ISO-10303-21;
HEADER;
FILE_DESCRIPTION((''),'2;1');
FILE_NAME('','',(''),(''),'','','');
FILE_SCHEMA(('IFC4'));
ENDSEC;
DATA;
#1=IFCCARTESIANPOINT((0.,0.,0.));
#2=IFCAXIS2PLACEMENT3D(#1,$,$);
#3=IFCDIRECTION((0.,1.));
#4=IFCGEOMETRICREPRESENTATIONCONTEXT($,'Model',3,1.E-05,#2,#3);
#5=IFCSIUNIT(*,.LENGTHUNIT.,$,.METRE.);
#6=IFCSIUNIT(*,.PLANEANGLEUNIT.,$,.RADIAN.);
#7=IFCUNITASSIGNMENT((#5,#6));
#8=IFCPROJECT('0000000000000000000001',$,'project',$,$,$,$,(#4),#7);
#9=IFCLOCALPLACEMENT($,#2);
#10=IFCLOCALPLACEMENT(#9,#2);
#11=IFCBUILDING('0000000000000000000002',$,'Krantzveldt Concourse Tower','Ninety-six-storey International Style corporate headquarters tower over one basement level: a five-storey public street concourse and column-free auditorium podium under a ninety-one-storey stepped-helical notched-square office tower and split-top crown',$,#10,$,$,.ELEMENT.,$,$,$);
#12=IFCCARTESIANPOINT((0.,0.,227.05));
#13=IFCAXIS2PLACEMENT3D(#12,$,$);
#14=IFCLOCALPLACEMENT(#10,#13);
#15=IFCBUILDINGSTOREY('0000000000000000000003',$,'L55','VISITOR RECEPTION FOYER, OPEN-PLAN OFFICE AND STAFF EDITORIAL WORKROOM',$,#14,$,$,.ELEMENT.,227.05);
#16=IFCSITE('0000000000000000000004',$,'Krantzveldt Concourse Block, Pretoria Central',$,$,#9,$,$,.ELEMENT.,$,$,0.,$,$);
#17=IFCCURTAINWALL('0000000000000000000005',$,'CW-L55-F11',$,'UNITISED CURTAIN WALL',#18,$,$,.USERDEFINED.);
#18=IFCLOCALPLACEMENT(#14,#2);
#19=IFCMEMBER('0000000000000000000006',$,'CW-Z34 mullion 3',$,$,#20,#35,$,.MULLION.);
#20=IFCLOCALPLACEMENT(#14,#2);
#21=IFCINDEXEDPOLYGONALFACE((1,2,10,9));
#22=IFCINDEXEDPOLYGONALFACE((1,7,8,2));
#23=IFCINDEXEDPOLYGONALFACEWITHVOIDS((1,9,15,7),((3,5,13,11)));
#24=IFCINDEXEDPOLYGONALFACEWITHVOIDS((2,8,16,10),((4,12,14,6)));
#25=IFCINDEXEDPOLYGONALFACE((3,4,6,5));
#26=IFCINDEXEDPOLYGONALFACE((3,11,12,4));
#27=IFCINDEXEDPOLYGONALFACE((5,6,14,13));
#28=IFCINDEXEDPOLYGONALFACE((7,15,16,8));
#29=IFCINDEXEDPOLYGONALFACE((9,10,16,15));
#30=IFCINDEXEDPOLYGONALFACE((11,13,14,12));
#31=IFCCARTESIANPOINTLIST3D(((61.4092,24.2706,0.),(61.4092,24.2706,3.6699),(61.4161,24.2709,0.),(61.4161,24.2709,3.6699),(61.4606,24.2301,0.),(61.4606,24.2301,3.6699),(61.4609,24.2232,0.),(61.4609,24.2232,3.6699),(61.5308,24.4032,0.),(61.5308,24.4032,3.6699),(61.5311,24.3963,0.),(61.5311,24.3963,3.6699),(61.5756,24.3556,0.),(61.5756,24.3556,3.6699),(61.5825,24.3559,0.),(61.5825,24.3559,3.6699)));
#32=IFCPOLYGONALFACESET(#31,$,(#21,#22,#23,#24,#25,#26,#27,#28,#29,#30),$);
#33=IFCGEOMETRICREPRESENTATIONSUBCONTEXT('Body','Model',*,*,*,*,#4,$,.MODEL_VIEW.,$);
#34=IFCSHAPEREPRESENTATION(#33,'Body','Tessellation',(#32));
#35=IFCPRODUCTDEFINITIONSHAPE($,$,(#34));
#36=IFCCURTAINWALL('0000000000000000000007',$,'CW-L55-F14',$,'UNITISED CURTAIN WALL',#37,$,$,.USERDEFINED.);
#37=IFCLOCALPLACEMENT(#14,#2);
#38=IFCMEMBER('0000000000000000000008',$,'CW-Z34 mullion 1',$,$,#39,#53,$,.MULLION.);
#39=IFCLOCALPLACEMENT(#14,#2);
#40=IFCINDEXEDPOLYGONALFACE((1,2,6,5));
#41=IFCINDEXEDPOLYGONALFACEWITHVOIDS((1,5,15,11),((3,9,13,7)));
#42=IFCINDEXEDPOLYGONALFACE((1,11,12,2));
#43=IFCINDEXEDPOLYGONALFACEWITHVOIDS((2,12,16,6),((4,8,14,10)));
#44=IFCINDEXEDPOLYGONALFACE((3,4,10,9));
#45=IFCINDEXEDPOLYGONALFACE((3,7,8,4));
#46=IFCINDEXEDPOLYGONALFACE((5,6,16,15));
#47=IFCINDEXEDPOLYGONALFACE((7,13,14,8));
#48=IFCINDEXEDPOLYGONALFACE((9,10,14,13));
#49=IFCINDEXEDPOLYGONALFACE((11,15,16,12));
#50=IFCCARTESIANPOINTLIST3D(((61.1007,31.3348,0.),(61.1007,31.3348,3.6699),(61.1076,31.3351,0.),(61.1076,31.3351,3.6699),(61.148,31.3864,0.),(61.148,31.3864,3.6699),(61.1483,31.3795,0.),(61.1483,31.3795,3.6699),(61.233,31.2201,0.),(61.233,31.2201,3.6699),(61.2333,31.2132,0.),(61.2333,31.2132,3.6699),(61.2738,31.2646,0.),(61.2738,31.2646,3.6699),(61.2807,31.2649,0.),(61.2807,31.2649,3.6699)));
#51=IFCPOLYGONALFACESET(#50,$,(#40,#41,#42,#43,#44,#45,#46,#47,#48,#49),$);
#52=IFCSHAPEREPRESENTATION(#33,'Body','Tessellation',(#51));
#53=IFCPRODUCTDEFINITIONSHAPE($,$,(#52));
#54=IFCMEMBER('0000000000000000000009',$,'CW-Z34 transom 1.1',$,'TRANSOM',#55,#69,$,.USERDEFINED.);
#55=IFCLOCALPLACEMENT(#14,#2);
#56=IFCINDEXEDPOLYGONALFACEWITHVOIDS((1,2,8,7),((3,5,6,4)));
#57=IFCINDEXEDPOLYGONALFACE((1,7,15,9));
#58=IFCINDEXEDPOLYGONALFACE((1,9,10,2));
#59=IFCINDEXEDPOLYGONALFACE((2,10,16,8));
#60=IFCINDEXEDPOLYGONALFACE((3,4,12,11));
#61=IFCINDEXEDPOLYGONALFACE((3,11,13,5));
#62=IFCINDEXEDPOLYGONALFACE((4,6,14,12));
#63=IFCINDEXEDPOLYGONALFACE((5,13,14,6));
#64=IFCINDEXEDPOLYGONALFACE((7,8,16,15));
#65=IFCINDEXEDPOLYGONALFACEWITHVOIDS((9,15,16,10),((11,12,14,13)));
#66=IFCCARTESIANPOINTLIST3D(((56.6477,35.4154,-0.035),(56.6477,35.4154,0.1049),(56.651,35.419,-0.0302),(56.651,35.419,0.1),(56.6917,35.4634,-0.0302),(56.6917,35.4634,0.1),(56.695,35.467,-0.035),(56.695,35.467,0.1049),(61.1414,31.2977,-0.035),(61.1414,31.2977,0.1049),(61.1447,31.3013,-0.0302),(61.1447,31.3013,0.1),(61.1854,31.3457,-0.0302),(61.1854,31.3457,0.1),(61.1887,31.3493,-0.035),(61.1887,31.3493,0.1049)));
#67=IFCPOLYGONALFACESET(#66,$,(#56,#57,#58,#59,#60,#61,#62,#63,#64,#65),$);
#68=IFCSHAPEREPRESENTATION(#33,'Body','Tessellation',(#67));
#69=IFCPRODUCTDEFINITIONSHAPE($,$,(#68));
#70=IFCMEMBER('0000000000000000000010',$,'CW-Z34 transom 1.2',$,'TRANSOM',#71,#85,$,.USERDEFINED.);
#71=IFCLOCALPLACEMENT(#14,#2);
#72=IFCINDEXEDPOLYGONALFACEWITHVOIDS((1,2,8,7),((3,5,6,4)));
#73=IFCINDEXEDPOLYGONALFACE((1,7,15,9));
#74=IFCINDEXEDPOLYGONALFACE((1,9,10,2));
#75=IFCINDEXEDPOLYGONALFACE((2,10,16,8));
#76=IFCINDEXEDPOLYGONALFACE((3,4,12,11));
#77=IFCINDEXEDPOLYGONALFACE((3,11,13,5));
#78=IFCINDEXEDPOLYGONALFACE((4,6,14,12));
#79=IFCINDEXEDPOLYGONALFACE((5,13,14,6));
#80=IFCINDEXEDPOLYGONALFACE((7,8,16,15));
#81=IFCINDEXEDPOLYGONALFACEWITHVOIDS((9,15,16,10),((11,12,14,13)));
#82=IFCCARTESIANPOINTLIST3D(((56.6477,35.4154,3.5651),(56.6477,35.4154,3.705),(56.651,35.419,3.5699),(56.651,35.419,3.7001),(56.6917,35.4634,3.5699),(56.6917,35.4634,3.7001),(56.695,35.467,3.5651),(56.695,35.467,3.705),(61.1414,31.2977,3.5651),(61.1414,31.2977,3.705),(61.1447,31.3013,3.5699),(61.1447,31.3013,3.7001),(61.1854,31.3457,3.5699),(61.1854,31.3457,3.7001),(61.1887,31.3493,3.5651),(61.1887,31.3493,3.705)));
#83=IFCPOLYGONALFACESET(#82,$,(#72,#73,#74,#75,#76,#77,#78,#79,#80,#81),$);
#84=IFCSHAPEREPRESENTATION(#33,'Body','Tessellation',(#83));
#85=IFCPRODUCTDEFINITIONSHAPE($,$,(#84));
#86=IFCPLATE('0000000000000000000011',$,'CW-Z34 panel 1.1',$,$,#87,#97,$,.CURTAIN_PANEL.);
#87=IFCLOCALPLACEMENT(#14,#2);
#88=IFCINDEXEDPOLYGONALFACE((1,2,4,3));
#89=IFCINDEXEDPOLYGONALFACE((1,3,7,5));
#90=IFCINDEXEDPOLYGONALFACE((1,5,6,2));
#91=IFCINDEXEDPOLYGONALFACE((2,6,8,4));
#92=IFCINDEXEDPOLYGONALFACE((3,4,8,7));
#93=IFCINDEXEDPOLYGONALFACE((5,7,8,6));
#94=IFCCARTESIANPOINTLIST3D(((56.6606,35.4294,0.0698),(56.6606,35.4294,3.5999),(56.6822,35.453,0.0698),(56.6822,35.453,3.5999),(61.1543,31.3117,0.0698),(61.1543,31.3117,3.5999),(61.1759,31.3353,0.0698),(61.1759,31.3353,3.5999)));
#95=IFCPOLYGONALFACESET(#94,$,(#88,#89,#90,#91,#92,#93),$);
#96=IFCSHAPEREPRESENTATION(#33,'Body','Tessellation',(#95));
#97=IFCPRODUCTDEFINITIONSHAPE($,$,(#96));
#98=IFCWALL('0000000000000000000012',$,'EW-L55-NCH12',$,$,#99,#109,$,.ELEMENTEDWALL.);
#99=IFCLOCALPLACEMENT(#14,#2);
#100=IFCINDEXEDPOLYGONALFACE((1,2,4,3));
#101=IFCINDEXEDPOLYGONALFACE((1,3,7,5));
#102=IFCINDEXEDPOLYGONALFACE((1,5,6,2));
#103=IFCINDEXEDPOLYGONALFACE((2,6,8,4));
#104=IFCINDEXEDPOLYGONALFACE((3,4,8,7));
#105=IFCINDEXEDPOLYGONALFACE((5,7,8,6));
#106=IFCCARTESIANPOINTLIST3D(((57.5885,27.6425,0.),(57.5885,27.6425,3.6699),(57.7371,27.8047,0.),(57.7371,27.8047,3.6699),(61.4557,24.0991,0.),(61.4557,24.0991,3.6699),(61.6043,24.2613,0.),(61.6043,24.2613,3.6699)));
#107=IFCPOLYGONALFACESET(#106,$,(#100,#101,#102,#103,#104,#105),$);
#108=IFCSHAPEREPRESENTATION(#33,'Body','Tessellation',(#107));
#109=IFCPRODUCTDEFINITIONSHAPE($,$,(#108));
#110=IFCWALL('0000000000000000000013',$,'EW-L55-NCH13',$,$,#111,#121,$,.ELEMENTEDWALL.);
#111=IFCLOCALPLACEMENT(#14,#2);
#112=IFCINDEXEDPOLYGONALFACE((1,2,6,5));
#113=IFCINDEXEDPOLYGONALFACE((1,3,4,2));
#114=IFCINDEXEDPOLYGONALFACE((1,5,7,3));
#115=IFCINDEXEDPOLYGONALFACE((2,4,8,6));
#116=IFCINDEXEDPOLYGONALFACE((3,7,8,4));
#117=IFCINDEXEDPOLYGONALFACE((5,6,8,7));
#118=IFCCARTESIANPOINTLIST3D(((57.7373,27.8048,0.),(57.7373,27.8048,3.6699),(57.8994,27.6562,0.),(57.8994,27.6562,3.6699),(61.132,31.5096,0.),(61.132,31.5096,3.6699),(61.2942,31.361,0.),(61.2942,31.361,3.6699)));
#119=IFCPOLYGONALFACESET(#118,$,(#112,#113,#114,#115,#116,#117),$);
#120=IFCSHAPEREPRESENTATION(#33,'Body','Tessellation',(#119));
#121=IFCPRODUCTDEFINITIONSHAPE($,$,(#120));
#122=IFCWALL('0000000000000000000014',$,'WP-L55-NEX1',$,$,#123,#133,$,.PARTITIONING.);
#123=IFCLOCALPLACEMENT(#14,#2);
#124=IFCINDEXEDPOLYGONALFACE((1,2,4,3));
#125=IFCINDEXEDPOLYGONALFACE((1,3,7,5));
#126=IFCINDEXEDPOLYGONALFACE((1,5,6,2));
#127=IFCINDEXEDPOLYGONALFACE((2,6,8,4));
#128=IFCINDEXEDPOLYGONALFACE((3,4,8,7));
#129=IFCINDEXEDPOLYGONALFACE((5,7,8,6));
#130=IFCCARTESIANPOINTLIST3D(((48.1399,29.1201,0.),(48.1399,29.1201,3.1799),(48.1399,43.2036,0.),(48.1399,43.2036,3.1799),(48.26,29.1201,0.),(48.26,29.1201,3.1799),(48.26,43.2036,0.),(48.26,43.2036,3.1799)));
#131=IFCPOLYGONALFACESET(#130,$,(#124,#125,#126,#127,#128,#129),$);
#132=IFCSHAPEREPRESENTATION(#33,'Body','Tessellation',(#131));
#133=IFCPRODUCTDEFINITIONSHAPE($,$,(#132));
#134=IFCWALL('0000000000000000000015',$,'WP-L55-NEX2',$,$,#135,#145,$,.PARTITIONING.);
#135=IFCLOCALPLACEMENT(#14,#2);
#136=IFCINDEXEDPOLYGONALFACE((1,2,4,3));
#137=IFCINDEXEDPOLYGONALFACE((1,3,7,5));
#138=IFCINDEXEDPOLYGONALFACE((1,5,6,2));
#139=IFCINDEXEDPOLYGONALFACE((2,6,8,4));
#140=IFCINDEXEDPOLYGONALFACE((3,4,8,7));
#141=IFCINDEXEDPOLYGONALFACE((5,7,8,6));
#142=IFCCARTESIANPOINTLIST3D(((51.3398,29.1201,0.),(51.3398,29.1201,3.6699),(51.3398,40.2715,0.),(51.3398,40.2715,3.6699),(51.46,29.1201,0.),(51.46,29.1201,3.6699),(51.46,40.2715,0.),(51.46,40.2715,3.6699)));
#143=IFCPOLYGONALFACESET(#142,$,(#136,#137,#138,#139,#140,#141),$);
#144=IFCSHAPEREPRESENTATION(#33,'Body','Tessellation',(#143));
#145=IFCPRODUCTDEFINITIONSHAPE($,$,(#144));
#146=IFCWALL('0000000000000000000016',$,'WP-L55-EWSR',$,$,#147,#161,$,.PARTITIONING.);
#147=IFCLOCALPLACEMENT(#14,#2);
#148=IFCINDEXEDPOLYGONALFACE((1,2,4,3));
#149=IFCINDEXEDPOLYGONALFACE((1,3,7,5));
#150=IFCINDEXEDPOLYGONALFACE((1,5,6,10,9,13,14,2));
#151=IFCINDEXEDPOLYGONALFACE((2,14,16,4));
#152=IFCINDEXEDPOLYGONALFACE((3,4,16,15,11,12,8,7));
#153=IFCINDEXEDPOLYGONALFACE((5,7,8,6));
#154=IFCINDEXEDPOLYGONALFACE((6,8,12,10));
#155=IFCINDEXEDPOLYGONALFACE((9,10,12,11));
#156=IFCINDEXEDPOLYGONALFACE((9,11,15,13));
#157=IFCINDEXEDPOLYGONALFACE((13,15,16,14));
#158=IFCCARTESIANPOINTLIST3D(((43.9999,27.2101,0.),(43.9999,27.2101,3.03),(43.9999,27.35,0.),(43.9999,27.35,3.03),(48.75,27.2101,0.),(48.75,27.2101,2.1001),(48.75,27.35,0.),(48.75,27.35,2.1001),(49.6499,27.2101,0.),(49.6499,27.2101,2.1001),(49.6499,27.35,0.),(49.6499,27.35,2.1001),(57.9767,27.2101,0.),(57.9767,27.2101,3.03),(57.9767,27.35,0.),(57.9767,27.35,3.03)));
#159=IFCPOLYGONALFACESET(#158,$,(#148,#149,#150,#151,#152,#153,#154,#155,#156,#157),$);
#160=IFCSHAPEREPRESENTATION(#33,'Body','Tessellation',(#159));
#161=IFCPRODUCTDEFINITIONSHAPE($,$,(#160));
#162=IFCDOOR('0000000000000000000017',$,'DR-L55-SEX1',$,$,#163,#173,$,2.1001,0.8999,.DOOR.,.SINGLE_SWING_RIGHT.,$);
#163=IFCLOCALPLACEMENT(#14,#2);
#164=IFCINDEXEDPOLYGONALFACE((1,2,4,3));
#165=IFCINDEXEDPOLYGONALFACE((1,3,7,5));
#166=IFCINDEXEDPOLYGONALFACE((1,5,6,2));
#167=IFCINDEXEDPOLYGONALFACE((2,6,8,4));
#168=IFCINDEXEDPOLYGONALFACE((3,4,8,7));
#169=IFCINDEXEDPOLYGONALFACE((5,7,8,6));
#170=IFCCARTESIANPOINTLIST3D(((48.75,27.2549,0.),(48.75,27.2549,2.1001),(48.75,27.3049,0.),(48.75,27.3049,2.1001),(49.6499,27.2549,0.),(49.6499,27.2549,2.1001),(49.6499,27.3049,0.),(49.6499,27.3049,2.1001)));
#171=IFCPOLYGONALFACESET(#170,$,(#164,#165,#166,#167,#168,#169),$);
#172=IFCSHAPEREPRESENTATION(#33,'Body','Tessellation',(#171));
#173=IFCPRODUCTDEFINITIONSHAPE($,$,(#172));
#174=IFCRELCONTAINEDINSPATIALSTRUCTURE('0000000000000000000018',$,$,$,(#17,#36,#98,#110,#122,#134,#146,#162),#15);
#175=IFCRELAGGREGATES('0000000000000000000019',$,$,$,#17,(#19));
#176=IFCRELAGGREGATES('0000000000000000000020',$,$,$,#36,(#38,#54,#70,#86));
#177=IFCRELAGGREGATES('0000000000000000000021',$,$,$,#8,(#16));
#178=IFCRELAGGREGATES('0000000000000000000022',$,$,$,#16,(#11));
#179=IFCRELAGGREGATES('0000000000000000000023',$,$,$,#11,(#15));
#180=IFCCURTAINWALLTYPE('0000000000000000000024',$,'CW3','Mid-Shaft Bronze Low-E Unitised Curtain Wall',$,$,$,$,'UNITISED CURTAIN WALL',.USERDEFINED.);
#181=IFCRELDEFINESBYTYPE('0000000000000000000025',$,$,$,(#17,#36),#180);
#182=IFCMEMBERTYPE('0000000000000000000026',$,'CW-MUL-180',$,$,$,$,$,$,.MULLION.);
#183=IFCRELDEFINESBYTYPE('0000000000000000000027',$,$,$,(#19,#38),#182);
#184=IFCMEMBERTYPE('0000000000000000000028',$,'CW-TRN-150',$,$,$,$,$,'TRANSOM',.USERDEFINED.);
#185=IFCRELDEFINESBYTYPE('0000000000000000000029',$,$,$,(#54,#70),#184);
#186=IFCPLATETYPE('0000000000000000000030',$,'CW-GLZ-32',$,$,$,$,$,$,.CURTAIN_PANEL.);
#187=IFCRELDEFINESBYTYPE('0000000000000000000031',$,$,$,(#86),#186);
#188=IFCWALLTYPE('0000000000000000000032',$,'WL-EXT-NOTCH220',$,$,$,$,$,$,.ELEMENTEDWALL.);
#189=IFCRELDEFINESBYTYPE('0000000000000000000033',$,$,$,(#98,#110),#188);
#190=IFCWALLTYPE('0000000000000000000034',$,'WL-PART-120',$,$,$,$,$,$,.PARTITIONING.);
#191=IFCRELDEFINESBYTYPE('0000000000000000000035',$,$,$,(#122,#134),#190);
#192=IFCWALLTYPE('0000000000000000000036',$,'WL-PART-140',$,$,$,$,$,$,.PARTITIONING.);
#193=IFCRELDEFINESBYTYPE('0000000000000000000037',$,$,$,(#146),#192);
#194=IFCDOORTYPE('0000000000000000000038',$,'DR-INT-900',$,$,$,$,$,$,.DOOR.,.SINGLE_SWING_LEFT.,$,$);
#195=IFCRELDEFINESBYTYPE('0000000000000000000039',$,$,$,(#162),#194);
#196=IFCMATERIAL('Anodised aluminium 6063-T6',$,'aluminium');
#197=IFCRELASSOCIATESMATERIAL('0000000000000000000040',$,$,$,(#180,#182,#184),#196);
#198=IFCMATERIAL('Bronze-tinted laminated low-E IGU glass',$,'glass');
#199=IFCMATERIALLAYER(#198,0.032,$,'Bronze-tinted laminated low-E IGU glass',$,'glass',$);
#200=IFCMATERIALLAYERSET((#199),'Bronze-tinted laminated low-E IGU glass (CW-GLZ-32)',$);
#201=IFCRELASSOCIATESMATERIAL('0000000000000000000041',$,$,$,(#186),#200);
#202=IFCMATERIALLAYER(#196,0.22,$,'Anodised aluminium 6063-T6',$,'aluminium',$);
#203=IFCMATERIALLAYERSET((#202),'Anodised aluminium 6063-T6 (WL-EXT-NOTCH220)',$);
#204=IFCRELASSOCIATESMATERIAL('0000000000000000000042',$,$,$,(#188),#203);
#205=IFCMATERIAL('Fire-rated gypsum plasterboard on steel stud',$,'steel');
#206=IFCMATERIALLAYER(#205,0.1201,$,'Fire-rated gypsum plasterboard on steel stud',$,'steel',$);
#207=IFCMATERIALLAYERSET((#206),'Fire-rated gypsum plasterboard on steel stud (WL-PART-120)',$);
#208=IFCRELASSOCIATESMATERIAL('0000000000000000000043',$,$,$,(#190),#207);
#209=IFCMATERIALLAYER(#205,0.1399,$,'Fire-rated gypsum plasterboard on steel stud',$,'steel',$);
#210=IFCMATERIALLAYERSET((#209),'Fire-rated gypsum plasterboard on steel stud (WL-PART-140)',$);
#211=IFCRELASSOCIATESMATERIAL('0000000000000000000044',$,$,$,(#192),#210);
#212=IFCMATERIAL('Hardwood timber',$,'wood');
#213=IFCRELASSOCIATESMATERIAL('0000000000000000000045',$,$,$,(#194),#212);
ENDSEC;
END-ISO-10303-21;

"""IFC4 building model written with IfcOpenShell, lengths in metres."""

from ifc_helpers import new_model, si_unit, direction, frame, frame_2d, origin, origin_2d, place, context, subcontext, project, spatial, rectangle, hollow_rectangle, extrude, source, transform, mapped, material, layer, layer_set, material_profile, profile_set, type_object, type_shapes, element, fill, aggregate, save


model = new_model("IFC4")

# Units and contexts
model_context = context("Model", 3, precision=1e-05, world=origin(), true_north=direction((0.0, 1.0)))
body_context = subcontext(model_context, "Body", "Model", "MODEL_VIEW")
ifc_project = project(units=[si_unit("LENGTHUNIT", "METRE"), si_unit("PLANEANGLEUNIT", "RADIAN")], contexts=[model_context])

# Site, building, storey
site_placement = place(None, origin())
site = spatial("IfcSite", under=ifc_project, at=site_placement, Name="Krantzveldt Concourse Block, Pretoria Central", CompositionType="ELEMENT", RefElevation=0.0)
building_placement = place(site_placement, origin())
building = spatial("IfcBuilding", under=site, at=building_placement, Name="Krantzveldt Concourse Tower", Description="Ninety-six-storey International Style corporate headquarters tower over one basement level: a five-storey public street concourse and column-free auditorium podium under a ninety-one-storey stepped-helical notched-square office tower and split-top crown", CompositionType="ELEMENT")
storey_placement = place(building_placement, frame((0.0, 0.0, 227.05)))
storey = spatial("IfcBuildingStorey", under=building, at=storey_placement, Name="L55", Description="VISITOR RECEPTION FOYER, OPEN-PLAN OFFICE AND STAFF EDITORIAL WORKROOM", CompositionType="ELEMENT", Elevation=227.05)

# Curtain wall, member
ifc_material_1 = material(Name="Anodised aluminium 6063-T6", Category="aluminium")
curtain_wall_type = type_object("IfcCurtainWallType", Name="CW3", Description="Mid-Shaft Bronze Low-E Unitised Curtain Wall", ElementType="UNITISED CURTAIN WALL", PredefinedType="USERDEFINED", material=ifc_material_1)
curtain_wall_1_placement = place(storey_placement, origin())
curtain_wall_1 = element("IfcCurtainWall", 1, at=curtain_wall_1_placement, inside=storey, type_object=curtain_wall_type, Name="CW-L55-F11", ObjectType="UNITISED CURTAIN WALL", PredefinedType="USERDEFINED")
ifc_material_profile_1 = material_profile(ifc_material_1, hollow_rectangle(XDim=0.0701, YDim=0.1799, WallThickness=0.0049, at=origin_2d()), Name="Anodised aluminium 6063-T6", Category="aluminium")
ifc_profile_set_1 = profile_set([ifc_material_profile_1], Name="Anodised aluminium 6063-T6 - ALU-MULL 180x70x5")
member_type_1 = type_object("IfcMemberType", Name="CW-MUL-180", PredefinedType="MULLION", material=ifc_profile_set_1)
shared_shape_1 = source(origin(), body_context, "Body", "SweptSolid", [
    extrude(hollow_rectangle(XDim=0.0701, YDim=0.1799, WallThickness=0.0049, at=origin_2d()), origin(), (0.0, 0.0, 1.0), 3.6699),
])
type_shapes(member_type_1, [shared_shape_1])
member_1_placement = place(storey_placement, frame((61.4958, 24.3132, 0.0), z_axis=(0.0, 0.0, 1.0), x_axis=(-0.737278, 0.67559, 0.0)))
member_1 = element("IfcMember", 2, at=member_1_placement, type_object=member_type_1, Name="CW-Z34 mullion 3", PredefinedType="MULLION", context=body_context, shape_type="MappedRepresentation", body=[
    mapped(shared_shape_1, transform((0.0, 0.0, 0.0), x_axis=(1.0, 0.0, 0.0), y_axis=(0.0, 1.0, 0.0), z_axis=(0.0, 0.0, 1.0), scale=1.0)),
])
aggregate(curtain_wall_1, [member_1])

# Curtain wall, members, plate
curtain_wall_2_placement = place(storey_placement, origin())
curtain_wall_2 = element("IfcCurtainWall", 3, at=curtain_wall_2_placement, inside=storey, type_object=curtain_wall_type, Name="CW-L55-F14", ObjectType="UNITISED CURTAIN WALL", PredefinedType="USERDEFINED")
member_2_placement = place(storey_placement, frame((61.1907, 31.2998, 0.0), z_axis=(0.0, 0.0, 1.0), x_axis=(-0.67559, -0.737277, 0.0)))
member_2 = element("IfcMember", 4, at=member_2_placement, type_object=member_type_1, Name="CW-Z34 mullion 1", PredefinedType="MULLION", context=body_context, shape_type="MappedRepresentation", body=[
    mapped(shared_shape_1, transform((0.0, 0.0, 0.0), x_axis=(1.0, 0.0, 0.0), y_axis=(0.0, 1.0, 0.0), z_axis=(0.0, 0.0, 1.0), scale=1.0)),
])
ifc_material_profile_2 = material_profile(ifc_material_1, hollow_rectangle(XDim=0.0701, YDim=0.1399, WallThickness=0.0049, at=origin_2d()), Name="Anodised aluminium 6063-T6", Category="aluminium")
ifc_profile_set_2 = profile_set([ifc_material_profile_2], Name="Anodised aluminium 6063-T6 - ALU-TRAN 140x70x5")
member_type_2 = type_object("IfcMemberType", Name="CW-TRN-150", ElementType="TRANSOM", PredefinedType="USERDEFINED", material=ifc_profile_set_2)
shared_shape_2 = source(origin(), body_context, "Body", "SweptSolid", [
    extrude(hollow_rectangle(XDim=0.0701, YDim=0.1399, WallThickness=0.0049, at=origin_2d()), origin(), (0.0, 0.0, 1.0), 6.095),
])
type_shapes(member_type_2, [shared_shape_2])
member_3_placement = place(storey_placement, frame((61.165, 31.3235, 0.0349), z_axis=(-0.737277, 0.67559, 0.0), x_axis=(-0.67559, -0.737277, 0.0)))
member_3 = element("IfcMember", 5, at=member_3_placement, type_object=member_type_2, Name="CW-Z34 transom 1.1", ObjectType="TRANSOM", PredefinedType="USERDEFINED", context=body_context, shape_type="MappedRepresentation", body=[
    mapped(shared_shape_2, transform((0.0, 0.0, 0.0), x_axis=(1.0, 0.0, 0.0), y_axis=(0.0, 1.0, 0.0), z_axis=(0.0, 0.0, 1.0), scale=1.0)),
])
member_4_placement = place(storey_placement, frame((61.165, 31.3235, 3.635), z_axis=(-0.737277, 0.67559, 0.0), x_axis=(-0.67559, -0.737277, 0.0)))
member_4 = element("IfcMember", 6, at=member_4_placement, type_object=member_type_2, Name="CW-Z34 transom 1.2", ObjectType="TRANSOM", PredefinedType="USERDEFINED", context=body_context, shape_type="MappedRepresentation", body=[
    mapped(shared_shape_2, transform((0.0, 0.0, 0.0), x_axis=(1.0, 0.0, 0.0), y_axis=(0.0, 1.0, 0.0), z_axis=(0.0, 0.0, 1.0), scale=1.0)),
])
ifc_material_2 = material(Name="Bronze-tinted laminated low-E IGU glass", Category="glass")
ifc_layer_1 = layer(ifc_material_2, 0.032, Name="Bronze-tinted laminated low-E IGU glass", Category="glass")
ifc_layer_set_1 = layer_set([ifc_layer_1], Name="Bronze-tinted laminated low-E IGU glass (CW-GLZ-32)")
plate_type = type_object("IfcPlateType", Name="CW-GLZ-32", PredefinedType="CURTAIN_PANEL", material=ifc_layer_set_1)
shared_shape_3 = source(origin(), body_context, "Body", "SweptSolid", [
    extrude(rectangle(XDim=6.095, YDim=0.032, at=origin_2d()), origin(), (0.0, 0.0, 1.0), 3.53),
])
type_shapes(plate_type, [shared_shape_3])
plate_placement = place(storey_placement, frame((58.9182, 33.3823, 0.0698), z_axis=(0.0, 0.0, 1.0), x_axis=(-0.737277, 0.67559, 0.0)))
plate = element("IfcPlate", 7, at=plate_placement, type_object=plate_type, Name="CW-Z34 panel 1.1", PredefinedType="CURTAIN_PANEL", context=body_context, shape_type="MappedRepresentation", body=[
    mapped(shared_shape_3, transform((0.0, 0.0, 0.0), x_axis=(1.0, 0.0, 0.0), y_axis=(0.0, 1.0, 0.0), z_axis=(0.0, 0.0, 1.0), scale=1.0)),
])
aggregate(curtain_wall_2, [member_2, member_3, member_4, plate])

# Walls
ifc_layer_2 = layer(ifc_material_1, 0.22, Name="Anodised aluminium 6063-T6", Category="aluminium")
ifc_layer_set_2 = layer_set([ifc_layer_2], Name="Anodised aluminium 6063-T6 (WL-EXT-NOTCH220)")
wall_type_1 = type_object("IfcWallType", Name="WL-EXT-NOTCH220", PredefinedType="ELEMENTEDWALL", material=ifc_layer_set_2)
wall_1_placement = place(storey_placement, frame((61.53, 24.1802, 0.0), z_axis=(0.0, 0.0, 1.0), x_axis=(-0.737293, 0.675573, 0.0)))
element("IfcWall", 8, at=wall_1_placement, inside=storey, type_object=wall_type_1, Name="EW-L55-NCH12", PredefinedType="ELEMENTEDWALL", context=body_context, shape_type="SweptSolid", body=[
    extrude(rectangle(XDim=5.2451, YDim=0.22, at=frame_2d((2.6226, 0.0))), origin(), (0.0, 0.0, 1.0), 3.6699),
])
wall_2_placement = place(storey_placement, frame((57.8184, 27.7305, 0.0), z_axis=(0.0, 0.0, 1.0), x_axis=(0.675582, 0.737285, 0.0)))
element("IfcWall", 9, at=wall_2_placement, inside=storey, type_object=wall_type_1, Name="EW-L55-NCH13", PredefinedType="ELEMENTEDWALL", context=body_context, shape_type="SweptSolid", body=[
    extrude(rectangle(XDim=5.0249, YDim=0.22, at=frame_2d((2.5125, 0.0))), origin(), (0.0, 0.0, 1.0), 3.6699),
])
ifc_material_3 = material(Name="Fire-rated gypsum plasterboard on steel stud", Category="steel")
ifc_layer_3 = layer(ifc_material_3, 0.1201, Name="Fire-rated gypsum plasterboard on steel stud", Category="steel")
ifc_layer_set_3 = layer_set([ifc_layer_3], Name="Fire-rated gypsum plasterboard on steel stud (WL-PART-120)")
wall_type_2 = type_object("IfcWallType", Name="WL-PART-120", PredefinedType="PARTITIONING", material=ifc_layer_set_3)
wall_3_placement = place(storey_placement, frame((48.2, 29.1201, 0.0), z_axis=(0.0, 0.0, 1.0), x_axis=(0.0, 1.0, 0.0)))
element("IfcWall", 10, at=wall_3_placement, inside=storey, type_object=wall_type_2, Name="WP-L55-NEX1", PredefinedType="PARTITIONING", context=body_context, shape_type="SweptSolid", body=[
    extrude(rectangle(XDim=14.0835, YDim=0.1201, at=frame_2d((7.0417, 0.0))), origin(), (0.0, 0.0, 1.0), 3.1799),
])
wall_4_placement = place(storey_placement, frame((51.3999, 29.1201, 0.0), z_axis=(0.0, 0.0, 1.0), x_axis=(0.0, 1.0, 0.0)))
element("IfcWall", 11, at=wall_4_placement, inside=storey, type_object=wall_type_2, Name="WP-L55-NEX2", PredefinedType="PARTITIONING", context=body_context, shape_type="SweptSolid", body=[
    extrude(rectangle(XDim=11.1514, YDim=0.1201, at=frame_2d((5.5757, 0.0))), origin(), (0.0, 0.0, 1.0), 3.6699),
])

# Wall, opening, door
ifc_layer_4 = layer(ifc_material_3, 0.1399, Name="Fire-rated gypsum plasterboard on steel stud", Category="steel")
ifc_layer_set_4 = layer_set([ifc_layer_4], Name="Fire-rated gypsum plasterboard on steel stud (WL-PART-140)")
wall_type_3 = type_object("IfcWallType", Name="WL-PART-140", PredefinedType="PARTITIONING", material=ifc_layer_set_4)
wall_5_placement = place(storey_placement, frame((44.0, 27.28, 0.0), z_axis=(0.0, 0.0, 1.0), x_axis=(1.0, 0.0, 0.0)))
wall_5 = element("IfcWall", 12, at=wall_5_placement, inside=storey, type_object=wall_type_3, Name="WP-L55-EWSR", PredefinedType="PARTITIONING", context=body_context, shape_type="SweptSolid", body=[
    extrude(rectangle(XDim=13.9768, YDim=0.1399, at=frame_2d((6.9883, 0.0))), origin(), (0.0, 0.0, 1.0), 3.03),
])
opening_placement = place(wall_5_placement, frame((4.75, 0.0, 0.0)))
opening = element("IfcOpeningElement", 13, at=opening_placement, cuts=wall_5, PredefinedType="OPENING", context=body_context, shape_type="SweptSolid", body=[
    extrude(rectangle(XDim=0.8999, YDim=2.1001, at=frame_2d((0.45, 1.05))), frame((0.0, 0.0801, 0.0), z_axis=(0.0, -1.0, 0.0), x_axis=(1.0, 0.0, 0.0)), (0.0, 0.0, 1.0), 0.1599),
])
ifc_material_4 = material(Name="Hardwood timber", Category="wood")
door_type = type_object("IfcDoorType", Name="DR-INT-900", OperationType="SINGLE_SWING_LEFT", PredefinedType="DOOR", material=ifc_material_4)
door_placement = place(opening_placement, origin())
door = element("IfcDoor", 14, at=door_placement, inside=storey, type_object=door_type, Name="DR-L55-SEX1", OperationType="SINGLE_SWING_RIGHT", OverallHeight=2.1001, OverallWidth=0.8999, PredefinedType="DOOR", context=body_context, shape_type="SweptSolid", body=[
    extrude(rectangle(XDim=0.8999, YDim=2.1001, at=frame_2d((0.45, 1.05))), frame((0.0, 0.0249, 0.0), z_axis=(0.0, -1.0, 0.0), x_axis=(1.0, 0.0, 0.0)), (0.0, 0.0, 1.0), 0.05),
])
fill(opening, door)

save(model, "model.ifc")
